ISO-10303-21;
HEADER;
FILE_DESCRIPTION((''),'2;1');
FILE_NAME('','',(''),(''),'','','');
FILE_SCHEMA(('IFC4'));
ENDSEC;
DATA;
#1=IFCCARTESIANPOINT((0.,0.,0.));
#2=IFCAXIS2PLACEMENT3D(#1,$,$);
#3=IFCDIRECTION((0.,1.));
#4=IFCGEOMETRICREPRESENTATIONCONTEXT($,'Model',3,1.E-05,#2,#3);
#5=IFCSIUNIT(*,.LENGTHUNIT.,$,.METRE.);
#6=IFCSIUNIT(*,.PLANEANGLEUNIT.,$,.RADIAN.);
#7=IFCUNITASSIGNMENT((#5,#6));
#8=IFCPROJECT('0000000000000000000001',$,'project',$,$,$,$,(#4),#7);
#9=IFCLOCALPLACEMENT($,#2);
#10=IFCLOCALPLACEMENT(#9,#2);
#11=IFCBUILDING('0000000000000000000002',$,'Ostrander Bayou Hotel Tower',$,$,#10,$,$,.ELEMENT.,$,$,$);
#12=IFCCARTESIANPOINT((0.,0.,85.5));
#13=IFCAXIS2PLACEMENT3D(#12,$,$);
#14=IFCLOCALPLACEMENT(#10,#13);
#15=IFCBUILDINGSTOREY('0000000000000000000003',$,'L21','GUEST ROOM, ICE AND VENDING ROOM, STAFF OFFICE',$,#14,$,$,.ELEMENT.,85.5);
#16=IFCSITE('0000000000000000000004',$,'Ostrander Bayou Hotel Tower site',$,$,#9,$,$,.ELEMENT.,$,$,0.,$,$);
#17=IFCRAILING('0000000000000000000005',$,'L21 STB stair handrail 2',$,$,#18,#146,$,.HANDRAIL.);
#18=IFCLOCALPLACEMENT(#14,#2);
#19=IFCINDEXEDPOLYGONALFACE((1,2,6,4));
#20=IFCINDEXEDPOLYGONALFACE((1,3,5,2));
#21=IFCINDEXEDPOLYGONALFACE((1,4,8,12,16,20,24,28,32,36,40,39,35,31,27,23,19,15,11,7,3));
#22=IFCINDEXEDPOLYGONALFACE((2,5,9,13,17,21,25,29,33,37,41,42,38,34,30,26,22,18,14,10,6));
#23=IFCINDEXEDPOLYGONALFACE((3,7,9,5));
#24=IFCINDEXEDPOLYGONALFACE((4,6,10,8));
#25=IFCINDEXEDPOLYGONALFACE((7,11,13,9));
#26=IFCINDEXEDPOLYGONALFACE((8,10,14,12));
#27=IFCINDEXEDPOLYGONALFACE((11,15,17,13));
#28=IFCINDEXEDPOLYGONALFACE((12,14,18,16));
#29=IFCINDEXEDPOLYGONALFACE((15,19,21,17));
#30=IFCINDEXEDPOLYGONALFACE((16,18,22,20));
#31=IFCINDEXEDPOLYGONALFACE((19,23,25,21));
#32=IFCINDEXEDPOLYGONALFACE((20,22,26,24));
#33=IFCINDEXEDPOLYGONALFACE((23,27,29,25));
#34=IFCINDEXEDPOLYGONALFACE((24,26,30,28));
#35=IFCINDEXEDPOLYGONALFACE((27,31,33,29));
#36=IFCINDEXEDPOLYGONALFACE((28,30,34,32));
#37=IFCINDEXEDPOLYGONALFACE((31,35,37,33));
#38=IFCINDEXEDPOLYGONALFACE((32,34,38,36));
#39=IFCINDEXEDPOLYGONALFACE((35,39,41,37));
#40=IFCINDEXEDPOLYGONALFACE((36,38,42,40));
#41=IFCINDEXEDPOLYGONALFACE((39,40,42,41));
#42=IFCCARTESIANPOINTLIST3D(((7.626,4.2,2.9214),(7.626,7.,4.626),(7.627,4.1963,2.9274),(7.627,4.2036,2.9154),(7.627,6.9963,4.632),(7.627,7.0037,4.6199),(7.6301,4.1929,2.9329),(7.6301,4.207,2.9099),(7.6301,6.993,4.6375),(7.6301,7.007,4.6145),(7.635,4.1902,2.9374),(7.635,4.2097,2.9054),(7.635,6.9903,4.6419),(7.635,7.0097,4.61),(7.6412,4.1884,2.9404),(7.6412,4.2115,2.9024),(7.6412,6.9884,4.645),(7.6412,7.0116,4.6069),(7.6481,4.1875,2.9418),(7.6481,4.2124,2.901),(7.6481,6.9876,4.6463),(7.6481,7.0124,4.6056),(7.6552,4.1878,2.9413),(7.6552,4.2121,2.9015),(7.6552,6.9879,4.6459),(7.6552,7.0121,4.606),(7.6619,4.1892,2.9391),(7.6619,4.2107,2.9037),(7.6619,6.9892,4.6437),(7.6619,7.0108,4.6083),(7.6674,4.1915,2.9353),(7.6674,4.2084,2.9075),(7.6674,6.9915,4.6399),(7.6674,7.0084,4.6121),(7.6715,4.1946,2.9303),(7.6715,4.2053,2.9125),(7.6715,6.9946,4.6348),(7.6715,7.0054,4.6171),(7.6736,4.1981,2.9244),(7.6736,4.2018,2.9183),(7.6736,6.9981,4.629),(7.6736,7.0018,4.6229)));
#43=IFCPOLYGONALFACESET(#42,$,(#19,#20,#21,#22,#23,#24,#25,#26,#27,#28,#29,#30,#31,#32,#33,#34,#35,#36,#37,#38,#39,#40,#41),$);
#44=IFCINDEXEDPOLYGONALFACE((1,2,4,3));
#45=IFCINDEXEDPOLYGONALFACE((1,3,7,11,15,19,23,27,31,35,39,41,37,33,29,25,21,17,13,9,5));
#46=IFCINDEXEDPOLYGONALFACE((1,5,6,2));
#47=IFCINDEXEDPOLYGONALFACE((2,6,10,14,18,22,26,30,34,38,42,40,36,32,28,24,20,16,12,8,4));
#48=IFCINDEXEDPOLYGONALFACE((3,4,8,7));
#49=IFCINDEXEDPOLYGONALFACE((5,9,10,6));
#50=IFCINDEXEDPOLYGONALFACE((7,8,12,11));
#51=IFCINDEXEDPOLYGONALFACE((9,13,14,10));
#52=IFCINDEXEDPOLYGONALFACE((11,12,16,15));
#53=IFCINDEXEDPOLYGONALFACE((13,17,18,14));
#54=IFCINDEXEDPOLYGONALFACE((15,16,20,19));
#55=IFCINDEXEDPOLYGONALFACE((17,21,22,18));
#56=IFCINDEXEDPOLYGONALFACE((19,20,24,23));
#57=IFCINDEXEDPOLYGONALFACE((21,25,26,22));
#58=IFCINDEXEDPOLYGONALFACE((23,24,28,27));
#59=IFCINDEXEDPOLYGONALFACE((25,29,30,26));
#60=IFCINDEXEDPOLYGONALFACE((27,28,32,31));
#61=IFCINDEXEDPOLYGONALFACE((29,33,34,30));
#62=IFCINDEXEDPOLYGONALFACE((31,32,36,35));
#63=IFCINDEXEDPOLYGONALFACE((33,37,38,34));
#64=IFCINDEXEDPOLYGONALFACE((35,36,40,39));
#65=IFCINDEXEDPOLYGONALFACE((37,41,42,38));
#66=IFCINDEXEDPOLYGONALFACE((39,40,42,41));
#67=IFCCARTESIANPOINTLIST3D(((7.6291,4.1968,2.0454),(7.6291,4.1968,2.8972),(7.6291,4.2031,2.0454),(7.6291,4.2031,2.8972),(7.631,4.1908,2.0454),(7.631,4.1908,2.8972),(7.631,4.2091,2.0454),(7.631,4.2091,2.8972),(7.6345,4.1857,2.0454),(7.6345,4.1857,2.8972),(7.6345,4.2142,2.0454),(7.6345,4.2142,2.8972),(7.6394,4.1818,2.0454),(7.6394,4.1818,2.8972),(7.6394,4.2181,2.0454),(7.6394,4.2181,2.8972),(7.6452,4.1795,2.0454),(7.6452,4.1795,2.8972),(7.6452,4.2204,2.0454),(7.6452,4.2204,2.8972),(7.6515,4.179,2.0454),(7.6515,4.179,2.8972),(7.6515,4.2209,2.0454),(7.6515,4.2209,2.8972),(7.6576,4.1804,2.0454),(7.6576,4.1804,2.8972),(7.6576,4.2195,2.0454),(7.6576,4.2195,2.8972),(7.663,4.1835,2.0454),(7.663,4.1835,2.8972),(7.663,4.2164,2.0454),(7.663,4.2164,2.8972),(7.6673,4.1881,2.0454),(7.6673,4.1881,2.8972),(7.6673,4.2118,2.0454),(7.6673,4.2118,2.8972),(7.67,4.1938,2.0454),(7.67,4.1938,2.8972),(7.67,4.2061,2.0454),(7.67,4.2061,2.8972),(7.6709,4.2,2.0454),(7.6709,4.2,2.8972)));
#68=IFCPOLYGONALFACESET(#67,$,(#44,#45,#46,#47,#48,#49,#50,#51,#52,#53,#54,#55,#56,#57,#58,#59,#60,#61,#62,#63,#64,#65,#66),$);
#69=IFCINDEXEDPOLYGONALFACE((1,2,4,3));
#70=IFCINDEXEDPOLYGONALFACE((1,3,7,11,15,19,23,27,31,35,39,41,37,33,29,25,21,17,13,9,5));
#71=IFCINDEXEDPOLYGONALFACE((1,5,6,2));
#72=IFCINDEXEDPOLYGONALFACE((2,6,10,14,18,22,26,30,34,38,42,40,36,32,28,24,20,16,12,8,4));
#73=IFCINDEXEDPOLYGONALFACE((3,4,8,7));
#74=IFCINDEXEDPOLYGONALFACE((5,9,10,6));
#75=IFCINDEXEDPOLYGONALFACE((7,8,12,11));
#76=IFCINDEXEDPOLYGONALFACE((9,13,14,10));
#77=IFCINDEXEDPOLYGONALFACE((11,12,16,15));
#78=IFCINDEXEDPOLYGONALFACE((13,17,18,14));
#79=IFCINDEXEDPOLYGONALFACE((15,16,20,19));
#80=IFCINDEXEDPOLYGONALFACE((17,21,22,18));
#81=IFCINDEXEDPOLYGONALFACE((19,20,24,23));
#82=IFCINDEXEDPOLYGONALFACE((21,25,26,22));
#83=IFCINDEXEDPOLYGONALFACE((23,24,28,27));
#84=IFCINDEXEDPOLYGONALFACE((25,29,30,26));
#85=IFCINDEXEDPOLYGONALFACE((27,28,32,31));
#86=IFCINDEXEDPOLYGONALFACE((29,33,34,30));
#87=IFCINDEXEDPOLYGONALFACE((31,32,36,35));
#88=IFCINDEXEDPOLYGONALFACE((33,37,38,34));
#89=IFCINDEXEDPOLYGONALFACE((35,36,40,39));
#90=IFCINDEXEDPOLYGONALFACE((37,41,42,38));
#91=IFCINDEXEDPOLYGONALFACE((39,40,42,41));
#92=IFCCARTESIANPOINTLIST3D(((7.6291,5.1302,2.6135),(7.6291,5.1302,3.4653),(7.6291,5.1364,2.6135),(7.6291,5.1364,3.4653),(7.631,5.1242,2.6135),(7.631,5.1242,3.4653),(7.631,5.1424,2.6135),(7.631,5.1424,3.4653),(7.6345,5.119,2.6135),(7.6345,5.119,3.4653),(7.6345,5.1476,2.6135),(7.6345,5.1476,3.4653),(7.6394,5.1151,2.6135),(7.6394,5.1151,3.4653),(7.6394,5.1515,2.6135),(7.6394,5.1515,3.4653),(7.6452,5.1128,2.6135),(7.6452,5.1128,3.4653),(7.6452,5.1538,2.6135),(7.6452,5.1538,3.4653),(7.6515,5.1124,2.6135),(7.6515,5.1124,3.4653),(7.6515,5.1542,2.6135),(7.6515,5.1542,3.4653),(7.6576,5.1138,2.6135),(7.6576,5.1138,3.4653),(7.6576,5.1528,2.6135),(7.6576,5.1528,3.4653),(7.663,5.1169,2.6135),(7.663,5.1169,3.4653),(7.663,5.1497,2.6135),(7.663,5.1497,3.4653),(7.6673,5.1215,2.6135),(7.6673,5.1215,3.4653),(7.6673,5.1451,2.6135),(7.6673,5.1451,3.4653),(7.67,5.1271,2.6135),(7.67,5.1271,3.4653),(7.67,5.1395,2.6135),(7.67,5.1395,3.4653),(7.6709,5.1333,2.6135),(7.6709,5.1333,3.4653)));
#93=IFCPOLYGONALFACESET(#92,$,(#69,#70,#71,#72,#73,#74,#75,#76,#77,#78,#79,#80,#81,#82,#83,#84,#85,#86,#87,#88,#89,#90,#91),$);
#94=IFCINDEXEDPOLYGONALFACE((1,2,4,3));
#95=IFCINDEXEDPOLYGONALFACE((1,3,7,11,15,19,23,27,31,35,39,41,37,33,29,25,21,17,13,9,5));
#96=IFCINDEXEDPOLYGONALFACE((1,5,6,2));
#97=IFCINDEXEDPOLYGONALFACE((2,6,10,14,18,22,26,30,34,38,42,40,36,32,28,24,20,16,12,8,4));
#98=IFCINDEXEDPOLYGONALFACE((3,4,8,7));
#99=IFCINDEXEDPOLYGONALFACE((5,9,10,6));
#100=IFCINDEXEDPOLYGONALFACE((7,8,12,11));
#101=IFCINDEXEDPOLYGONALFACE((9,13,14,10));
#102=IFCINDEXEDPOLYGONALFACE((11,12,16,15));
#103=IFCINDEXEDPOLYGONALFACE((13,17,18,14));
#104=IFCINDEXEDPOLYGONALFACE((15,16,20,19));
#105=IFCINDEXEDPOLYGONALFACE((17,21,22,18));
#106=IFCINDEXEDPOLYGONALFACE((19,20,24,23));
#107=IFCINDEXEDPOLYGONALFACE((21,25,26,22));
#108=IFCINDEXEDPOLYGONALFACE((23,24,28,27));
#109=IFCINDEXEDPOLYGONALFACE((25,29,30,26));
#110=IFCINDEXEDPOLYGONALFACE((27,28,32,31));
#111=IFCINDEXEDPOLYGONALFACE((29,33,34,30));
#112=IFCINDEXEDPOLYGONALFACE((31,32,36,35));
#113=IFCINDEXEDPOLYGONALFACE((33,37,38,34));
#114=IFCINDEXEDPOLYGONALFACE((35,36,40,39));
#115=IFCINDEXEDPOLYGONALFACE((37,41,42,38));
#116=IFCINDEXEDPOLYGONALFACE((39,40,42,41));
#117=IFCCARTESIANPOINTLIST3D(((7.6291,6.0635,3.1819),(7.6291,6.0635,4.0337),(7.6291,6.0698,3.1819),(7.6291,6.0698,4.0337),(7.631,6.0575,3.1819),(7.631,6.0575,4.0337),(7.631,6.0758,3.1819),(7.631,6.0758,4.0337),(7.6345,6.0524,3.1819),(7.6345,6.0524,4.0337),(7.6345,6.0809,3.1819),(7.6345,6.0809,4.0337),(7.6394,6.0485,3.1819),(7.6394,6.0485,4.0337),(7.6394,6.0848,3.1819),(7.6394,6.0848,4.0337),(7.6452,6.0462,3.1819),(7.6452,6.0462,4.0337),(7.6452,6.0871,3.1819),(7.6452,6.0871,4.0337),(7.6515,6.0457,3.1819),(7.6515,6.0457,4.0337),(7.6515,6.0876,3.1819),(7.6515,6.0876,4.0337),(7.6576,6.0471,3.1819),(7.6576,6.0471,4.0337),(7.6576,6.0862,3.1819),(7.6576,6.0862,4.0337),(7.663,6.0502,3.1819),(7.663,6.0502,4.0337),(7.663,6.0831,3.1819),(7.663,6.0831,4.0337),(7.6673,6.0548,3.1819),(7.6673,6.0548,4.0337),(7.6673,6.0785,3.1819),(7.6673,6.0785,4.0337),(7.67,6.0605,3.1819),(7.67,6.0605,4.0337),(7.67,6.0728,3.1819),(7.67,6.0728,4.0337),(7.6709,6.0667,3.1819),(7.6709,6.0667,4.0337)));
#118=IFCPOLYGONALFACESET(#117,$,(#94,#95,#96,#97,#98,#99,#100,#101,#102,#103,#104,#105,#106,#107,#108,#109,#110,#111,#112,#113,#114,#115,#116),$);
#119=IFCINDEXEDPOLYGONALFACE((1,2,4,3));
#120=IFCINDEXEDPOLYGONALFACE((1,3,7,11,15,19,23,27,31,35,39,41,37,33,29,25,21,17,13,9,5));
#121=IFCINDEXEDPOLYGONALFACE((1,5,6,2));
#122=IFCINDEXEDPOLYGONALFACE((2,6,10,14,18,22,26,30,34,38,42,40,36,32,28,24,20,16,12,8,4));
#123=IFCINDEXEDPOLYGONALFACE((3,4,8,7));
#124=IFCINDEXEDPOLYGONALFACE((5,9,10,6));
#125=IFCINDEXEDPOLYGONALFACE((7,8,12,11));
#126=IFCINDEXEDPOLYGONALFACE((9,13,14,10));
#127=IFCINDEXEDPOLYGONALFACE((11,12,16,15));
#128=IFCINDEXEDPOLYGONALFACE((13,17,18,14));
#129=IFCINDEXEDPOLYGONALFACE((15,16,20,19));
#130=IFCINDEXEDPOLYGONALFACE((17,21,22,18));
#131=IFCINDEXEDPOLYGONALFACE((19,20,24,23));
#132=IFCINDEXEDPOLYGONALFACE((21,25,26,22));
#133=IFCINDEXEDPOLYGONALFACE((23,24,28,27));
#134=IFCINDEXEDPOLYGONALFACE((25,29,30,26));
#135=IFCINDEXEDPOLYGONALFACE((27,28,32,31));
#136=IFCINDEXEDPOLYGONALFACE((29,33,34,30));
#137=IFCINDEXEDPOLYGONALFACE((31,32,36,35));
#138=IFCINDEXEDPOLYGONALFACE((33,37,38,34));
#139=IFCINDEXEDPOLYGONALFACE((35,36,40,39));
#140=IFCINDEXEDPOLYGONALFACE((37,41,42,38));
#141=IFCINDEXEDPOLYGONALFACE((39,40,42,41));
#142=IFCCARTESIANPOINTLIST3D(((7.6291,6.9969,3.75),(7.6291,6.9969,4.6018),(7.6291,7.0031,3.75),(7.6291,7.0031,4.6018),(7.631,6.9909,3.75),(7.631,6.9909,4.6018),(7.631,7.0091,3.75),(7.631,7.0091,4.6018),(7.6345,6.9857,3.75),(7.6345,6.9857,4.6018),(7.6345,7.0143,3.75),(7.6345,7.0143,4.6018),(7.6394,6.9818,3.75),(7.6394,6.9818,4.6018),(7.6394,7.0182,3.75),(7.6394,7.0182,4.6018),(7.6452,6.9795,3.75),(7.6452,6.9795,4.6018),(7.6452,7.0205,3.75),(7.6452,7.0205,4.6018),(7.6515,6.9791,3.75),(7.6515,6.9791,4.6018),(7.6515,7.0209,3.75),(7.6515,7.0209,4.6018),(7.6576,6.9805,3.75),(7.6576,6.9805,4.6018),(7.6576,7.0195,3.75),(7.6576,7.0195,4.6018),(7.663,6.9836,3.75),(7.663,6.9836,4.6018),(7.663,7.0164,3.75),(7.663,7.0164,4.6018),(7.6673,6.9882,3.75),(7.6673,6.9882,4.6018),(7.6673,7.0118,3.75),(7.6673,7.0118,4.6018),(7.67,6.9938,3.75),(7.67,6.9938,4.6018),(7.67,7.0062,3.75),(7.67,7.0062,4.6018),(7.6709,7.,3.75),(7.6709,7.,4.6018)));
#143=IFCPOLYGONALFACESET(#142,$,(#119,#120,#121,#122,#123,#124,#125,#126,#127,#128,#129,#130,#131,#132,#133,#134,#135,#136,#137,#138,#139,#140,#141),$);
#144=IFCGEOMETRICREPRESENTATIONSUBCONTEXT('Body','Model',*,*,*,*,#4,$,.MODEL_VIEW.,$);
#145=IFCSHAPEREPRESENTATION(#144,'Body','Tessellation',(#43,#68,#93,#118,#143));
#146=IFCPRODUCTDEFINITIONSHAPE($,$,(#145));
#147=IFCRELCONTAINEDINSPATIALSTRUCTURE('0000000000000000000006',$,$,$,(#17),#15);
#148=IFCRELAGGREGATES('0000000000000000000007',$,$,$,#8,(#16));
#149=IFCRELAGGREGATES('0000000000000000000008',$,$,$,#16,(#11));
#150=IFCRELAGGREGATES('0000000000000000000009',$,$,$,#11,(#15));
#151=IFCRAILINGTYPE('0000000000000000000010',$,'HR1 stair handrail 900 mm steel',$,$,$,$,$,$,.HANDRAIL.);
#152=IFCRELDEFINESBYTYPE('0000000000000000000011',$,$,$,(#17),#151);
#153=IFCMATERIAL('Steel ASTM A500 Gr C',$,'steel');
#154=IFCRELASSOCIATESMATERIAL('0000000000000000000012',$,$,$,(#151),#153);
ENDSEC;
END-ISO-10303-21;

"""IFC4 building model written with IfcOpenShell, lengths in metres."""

from ifc_helpers import new_model, si_unit, direction, frame, origin, origin_2d, place, context, subcontext, project, spatial, circle, extrude, material, type_object, element, save


model = new_model("IFC4")

# Units and contexts
model_context = context("Model", 3, precision=1e-05, world=origin(), true_north=direction((0.0, 1.0)))
body_context = subcontext(model_context, "Body", "Model", "MODEL_VIEW")
ifc_project = project(units=[si_unit("LENGTHUNIT", "METRE"), si_unit("PLANEANGLEUNIT", "RADIAN")], contexts=[model_context])

# Site, building, storey
site_placement = place(None, origin())
site = spatial("IfcSite", under=ifc_project, at=site_placement, Name="Ostrander Bayou Hotel Tower site", CompositionType="ELEMENT", RefElevation=0.0)
building_placement = place(site_placement, origin())
building = spatial("IfcBuilding", under=site, at=building_placement, Name="Ostrander Bayou Hotel Tower", CompositionType="ELEMENT")
storey_placement = place(building_placement, frame((0.0, 0.0, 85.5)))
storey = spatial("IfcBuildingStorey", under=building, at=storey_placement, Name="L21", Description="GUEST ROOM, ICE AND VENDING ROOM, STAFF OFFICE", CompositionType="ELEMENT", Elevation=85.5)

# Railing
ifc_material_1 = material(Name="Steel ASTM A500 Gr C", Category="steel")
railing_type_1 = type_object("IfcRailingType", Name="HR1 stair handrail 900 mm steel", PredefinedType="HANDRAIL", material=ifc_material_1)
railing_1_placement = place(storey_placement, frame((7.6499, 4.2, 2.0454)))
element("IfcRailing", 1, at=railing_1_placement, inside=storey, type_object=railing_type_1, Name="L21 STB stair handrail 2", PredefinedType="HANDRAIL", context=body_context, shape_type="SweptSolid", body=[
    extrude(circle(Radius=0.0239, at=origin_2d()), frame((0.0, 0.0, 0.876), z_axis=(0.0, 0.85417, 0.519994), x_axis=(-1.0, 0.0, 0.0)), (0.0, 0.0, 1.0), 3.2781),
    extrude(circle(Radius=0.021, at=origin_2d()), origin(), (0.0, 0.0, 1.0), 0.8518),
    extrude(circle(Radius=0.021, at=origin_2d()), frame((0.0, 0.9333, 0.5681)), (0.0, 0.0, 1.0), 0.8518),
    extrude(circle(Radius=0.021, at=origin_2d()), frame((0.0, 1.8667, 1.1365)), (0.0, 0.0, 1.0), 0.8518),
    extrude(circle(Radius=0.021, at=origin_2d()), frame((0.0, 2.8, 1.7046)), (0.0, 0.0, 1.0), 0.8518),
])

save(model, "model.ifc")
